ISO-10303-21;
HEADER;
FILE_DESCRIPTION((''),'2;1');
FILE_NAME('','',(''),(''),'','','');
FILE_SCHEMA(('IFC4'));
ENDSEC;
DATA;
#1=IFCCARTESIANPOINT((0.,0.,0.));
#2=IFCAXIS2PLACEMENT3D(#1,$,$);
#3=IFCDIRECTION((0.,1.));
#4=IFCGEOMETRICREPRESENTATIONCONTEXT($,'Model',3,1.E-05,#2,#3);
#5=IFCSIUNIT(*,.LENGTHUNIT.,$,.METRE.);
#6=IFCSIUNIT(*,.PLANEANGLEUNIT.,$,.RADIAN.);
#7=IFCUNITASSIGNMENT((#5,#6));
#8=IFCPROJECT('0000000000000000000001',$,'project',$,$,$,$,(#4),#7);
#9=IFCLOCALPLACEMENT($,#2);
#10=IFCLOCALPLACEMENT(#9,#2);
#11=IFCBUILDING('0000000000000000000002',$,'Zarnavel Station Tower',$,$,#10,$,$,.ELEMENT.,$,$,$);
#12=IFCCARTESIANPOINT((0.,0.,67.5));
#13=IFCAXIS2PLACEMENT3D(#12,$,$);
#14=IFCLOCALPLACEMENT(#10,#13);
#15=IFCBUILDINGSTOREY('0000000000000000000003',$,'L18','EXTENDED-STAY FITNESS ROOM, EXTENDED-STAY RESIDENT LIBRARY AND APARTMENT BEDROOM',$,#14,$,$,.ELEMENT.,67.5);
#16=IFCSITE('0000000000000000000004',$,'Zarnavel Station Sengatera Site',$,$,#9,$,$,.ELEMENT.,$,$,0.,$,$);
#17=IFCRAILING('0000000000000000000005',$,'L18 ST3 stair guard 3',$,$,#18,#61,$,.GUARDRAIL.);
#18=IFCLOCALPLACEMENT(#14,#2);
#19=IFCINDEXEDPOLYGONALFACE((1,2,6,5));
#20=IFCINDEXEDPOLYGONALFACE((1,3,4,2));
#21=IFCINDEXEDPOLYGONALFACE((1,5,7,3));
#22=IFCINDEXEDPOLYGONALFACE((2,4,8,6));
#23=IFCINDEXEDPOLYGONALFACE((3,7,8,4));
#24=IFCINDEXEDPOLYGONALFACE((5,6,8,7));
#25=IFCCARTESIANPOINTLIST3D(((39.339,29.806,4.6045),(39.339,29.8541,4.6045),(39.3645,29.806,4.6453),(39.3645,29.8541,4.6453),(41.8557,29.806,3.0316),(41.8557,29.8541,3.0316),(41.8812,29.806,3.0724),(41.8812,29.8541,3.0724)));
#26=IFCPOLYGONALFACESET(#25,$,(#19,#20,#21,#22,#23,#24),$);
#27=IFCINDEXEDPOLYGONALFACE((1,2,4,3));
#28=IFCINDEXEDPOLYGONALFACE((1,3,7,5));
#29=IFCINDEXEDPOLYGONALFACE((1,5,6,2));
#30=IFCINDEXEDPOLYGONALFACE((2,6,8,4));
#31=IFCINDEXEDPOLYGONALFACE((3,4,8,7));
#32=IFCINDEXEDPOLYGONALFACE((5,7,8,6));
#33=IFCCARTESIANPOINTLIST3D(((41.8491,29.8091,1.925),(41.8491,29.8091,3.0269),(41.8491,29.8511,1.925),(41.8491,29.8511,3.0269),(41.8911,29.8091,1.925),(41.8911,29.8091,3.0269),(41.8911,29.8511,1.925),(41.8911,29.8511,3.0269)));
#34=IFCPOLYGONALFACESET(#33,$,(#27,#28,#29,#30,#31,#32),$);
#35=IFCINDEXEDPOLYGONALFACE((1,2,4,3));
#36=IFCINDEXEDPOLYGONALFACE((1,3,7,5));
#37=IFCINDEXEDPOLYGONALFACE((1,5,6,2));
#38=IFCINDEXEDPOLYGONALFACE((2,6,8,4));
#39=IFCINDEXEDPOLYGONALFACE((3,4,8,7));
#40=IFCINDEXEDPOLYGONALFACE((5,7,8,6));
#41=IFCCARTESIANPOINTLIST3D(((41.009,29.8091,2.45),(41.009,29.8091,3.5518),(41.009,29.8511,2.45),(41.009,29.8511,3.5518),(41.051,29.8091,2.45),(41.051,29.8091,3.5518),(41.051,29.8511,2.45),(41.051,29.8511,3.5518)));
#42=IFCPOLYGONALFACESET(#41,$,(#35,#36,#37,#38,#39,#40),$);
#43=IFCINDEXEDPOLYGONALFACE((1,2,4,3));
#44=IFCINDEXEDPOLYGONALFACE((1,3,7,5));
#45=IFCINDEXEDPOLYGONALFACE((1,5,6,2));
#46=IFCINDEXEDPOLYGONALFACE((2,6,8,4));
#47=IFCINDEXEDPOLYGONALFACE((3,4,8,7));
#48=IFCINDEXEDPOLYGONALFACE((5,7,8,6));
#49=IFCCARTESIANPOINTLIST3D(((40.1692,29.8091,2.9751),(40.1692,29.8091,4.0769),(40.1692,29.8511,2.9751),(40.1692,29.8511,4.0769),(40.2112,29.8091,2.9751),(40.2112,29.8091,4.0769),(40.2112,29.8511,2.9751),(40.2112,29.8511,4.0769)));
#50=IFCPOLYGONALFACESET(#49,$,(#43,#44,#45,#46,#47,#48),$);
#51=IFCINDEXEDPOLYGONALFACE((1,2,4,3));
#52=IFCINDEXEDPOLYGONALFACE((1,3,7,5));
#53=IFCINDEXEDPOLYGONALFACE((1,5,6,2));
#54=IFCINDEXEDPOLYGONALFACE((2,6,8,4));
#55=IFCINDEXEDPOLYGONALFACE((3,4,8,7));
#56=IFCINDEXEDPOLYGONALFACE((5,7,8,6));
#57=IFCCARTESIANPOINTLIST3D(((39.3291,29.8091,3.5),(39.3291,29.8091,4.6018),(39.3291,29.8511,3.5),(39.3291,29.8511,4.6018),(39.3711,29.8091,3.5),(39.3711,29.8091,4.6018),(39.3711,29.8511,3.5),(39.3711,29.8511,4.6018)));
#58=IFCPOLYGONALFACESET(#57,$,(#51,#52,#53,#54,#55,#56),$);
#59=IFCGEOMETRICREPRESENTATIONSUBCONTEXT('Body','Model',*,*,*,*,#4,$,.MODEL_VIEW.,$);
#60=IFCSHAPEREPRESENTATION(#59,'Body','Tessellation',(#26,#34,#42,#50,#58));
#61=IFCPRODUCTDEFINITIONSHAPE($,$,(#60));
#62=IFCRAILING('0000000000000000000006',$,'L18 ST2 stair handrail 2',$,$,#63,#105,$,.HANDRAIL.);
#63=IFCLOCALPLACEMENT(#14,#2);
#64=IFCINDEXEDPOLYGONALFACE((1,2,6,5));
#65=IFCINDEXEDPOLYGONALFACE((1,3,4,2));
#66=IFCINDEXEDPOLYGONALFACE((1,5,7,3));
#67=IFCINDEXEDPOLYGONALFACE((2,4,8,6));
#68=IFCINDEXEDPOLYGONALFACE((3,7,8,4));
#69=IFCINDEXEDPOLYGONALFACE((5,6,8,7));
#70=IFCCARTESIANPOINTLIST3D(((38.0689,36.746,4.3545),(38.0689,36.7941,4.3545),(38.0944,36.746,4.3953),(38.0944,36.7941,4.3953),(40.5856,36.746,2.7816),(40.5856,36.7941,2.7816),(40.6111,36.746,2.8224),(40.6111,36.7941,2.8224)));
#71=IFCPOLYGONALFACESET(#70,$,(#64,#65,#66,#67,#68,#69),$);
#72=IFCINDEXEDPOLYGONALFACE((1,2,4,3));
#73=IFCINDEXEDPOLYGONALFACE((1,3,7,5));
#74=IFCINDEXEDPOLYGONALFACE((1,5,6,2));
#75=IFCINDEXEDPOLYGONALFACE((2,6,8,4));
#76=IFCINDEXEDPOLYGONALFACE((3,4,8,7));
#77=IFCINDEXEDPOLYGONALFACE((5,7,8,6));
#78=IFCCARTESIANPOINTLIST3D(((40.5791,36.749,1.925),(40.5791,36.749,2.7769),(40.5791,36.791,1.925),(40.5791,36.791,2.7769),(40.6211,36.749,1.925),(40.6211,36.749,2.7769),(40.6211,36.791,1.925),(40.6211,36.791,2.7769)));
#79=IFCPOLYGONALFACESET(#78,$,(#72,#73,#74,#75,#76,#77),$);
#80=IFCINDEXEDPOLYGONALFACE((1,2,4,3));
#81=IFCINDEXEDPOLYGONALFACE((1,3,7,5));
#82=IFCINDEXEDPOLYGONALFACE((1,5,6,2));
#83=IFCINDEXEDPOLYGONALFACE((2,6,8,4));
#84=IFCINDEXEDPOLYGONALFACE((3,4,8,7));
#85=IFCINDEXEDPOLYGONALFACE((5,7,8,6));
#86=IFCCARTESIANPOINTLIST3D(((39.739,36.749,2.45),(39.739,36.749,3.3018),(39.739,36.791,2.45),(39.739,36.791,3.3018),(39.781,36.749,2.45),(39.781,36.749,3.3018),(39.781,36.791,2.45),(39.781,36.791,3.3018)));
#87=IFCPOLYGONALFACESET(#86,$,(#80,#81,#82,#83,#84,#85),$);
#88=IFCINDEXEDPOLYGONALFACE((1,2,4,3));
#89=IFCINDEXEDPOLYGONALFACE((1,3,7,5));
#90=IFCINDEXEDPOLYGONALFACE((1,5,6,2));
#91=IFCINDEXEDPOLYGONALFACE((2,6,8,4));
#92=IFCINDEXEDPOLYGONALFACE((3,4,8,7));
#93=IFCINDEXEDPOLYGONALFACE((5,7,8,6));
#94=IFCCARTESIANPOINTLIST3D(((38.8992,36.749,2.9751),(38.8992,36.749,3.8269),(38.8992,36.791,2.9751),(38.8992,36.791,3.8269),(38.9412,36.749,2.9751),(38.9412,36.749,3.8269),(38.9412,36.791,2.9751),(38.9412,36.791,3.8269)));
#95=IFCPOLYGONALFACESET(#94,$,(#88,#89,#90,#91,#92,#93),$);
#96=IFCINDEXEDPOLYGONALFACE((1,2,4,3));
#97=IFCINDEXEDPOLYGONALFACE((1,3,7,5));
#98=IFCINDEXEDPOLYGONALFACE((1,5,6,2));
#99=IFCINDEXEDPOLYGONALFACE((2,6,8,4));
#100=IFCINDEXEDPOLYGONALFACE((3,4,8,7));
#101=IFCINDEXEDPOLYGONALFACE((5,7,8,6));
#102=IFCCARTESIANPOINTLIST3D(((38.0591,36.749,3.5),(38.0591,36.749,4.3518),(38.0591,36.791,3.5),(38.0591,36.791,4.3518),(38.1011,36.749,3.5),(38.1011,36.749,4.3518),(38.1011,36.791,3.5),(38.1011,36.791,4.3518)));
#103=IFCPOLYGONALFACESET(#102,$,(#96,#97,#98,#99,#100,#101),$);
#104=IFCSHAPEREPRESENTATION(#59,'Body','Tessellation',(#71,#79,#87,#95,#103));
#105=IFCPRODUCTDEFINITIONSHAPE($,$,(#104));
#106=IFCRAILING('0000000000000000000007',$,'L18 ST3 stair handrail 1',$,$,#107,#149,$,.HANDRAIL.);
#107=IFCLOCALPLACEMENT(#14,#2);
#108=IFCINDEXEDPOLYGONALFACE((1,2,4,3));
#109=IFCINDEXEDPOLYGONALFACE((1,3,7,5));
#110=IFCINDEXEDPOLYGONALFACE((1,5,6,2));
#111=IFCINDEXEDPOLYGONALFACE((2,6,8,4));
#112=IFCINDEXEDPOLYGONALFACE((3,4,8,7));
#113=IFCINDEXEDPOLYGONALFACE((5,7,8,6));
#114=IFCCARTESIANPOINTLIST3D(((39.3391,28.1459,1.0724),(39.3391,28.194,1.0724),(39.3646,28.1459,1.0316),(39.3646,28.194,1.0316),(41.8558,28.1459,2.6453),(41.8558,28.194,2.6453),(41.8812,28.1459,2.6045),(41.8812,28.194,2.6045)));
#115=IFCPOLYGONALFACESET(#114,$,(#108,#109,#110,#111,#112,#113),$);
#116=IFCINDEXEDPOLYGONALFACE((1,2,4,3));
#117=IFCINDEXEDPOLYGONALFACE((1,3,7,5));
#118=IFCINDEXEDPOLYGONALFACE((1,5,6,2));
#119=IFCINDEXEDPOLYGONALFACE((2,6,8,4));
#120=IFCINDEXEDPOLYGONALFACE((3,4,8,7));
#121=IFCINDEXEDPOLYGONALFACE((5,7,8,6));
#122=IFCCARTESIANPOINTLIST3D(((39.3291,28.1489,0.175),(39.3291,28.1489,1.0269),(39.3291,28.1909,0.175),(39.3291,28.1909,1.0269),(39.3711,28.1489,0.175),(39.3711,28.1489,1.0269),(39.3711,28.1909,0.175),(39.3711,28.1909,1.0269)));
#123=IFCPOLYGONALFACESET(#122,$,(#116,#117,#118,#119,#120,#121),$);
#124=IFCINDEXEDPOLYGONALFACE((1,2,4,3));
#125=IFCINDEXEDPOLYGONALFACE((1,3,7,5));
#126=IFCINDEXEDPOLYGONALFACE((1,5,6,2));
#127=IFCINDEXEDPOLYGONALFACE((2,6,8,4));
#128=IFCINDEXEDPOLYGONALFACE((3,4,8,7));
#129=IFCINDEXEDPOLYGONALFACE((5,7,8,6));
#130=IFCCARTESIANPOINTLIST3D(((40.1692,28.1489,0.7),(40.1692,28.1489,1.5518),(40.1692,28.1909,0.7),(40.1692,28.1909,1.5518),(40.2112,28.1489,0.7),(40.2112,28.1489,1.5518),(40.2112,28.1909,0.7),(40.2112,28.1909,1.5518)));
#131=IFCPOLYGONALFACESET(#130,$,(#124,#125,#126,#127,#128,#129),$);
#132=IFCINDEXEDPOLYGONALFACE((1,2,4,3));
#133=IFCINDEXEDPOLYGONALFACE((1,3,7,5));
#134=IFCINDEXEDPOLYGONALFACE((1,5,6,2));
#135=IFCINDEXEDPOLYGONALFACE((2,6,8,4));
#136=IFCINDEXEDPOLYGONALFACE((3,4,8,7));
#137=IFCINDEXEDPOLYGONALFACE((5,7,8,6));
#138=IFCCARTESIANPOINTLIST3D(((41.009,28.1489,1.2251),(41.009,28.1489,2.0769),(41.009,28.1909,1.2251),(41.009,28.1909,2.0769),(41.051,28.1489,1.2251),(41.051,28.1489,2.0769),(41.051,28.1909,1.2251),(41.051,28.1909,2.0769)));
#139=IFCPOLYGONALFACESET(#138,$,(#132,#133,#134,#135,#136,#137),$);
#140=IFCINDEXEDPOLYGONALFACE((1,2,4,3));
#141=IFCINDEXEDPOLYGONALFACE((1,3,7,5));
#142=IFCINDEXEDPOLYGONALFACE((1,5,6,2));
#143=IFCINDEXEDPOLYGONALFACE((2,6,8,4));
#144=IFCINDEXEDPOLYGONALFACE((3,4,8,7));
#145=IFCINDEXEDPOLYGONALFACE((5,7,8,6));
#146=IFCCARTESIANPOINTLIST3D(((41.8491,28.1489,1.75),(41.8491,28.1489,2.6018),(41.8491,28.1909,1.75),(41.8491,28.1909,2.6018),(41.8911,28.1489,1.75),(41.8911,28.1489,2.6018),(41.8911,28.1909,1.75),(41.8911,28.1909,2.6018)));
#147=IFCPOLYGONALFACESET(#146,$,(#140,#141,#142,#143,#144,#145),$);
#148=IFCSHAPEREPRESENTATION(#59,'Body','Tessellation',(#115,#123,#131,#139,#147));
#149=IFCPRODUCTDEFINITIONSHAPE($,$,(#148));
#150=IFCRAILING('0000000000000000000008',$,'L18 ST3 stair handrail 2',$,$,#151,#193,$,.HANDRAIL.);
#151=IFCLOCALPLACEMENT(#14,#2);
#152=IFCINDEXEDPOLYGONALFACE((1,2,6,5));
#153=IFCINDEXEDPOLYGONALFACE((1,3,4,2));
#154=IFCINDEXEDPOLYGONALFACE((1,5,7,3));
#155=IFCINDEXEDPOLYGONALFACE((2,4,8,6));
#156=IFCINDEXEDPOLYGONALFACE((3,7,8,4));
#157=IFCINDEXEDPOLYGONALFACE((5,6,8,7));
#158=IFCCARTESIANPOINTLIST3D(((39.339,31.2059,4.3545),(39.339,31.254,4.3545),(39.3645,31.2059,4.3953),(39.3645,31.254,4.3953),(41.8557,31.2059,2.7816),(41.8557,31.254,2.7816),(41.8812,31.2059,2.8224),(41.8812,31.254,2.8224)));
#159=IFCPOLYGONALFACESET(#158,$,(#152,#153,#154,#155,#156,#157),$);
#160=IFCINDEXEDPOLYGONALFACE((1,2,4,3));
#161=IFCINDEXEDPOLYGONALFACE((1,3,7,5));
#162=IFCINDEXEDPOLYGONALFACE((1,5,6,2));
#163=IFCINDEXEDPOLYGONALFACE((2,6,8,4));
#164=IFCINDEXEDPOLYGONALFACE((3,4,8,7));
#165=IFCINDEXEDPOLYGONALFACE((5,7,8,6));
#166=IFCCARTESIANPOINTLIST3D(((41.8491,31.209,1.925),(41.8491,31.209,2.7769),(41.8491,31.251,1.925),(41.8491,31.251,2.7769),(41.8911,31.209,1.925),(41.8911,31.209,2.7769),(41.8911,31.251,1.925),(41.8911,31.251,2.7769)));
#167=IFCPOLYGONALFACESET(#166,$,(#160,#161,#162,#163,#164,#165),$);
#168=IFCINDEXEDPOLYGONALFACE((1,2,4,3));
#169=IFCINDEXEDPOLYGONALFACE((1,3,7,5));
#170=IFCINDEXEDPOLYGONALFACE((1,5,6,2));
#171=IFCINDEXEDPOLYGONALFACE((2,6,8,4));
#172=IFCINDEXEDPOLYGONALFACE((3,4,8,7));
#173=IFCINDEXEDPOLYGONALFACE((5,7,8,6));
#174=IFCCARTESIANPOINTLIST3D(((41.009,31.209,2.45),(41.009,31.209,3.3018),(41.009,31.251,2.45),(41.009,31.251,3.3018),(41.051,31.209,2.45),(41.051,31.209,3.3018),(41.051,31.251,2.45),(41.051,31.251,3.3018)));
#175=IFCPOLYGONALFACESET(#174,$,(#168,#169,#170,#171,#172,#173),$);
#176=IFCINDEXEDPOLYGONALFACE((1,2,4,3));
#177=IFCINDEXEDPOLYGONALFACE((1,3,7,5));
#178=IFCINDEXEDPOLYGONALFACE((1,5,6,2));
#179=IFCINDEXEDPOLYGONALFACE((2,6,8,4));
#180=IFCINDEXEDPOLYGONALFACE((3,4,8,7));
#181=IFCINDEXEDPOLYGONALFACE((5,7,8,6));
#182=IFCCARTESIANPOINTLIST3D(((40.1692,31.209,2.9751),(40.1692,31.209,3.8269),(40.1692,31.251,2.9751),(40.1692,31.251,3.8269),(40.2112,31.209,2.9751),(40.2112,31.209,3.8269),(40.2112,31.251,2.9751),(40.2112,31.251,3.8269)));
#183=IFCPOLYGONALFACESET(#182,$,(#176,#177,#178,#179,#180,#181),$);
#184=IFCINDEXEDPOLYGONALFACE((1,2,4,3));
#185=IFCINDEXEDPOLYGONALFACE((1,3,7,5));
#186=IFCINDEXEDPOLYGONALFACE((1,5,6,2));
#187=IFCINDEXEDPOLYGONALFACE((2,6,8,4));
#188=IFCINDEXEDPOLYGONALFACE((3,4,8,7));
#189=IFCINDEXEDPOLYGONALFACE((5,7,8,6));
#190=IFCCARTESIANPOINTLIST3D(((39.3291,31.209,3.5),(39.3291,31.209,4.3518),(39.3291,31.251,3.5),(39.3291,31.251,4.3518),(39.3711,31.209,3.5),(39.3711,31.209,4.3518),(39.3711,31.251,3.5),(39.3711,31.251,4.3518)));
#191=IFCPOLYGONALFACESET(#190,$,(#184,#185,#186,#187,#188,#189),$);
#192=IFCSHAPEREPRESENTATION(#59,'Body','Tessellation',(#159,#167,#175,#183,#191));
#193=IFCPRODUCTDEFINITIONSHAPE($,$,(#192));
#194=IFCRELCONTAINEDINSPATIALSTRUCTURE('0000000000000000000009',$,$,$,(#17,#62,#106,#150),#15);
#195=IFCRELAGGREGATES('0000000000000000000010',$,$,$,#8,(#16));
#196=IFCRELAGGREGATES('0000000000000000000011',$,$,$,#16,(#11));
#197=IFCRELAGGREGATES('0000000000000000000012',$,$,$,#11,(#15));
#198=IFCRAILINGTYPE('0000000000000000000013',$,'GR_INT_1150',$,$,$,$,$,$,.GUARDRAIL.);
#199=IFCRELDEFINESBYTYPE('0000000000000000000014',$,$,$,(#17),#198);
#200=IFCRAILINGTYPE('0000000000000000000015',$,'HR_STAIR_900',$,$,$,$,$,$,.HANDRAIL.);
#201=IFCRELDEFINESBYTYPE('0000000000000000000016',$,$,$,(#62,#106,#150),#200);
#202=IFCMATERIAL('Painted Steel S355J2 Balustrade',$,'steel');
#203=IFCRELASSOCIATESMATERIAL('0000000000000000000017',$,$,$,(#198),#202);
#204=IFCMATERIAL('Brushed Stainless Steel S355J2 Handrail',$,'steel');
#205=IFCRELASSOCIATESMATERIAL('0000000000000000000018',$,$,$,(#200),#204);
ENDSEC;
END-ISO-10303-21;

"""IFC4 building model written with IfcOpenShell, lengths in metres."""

from ifc_helpers import new_model, si_unit, direction, frame, origin, origin_2d, place, context, subcontext, project, spatial, rectangle, extrude, material, type_object, element, save


model = new_model("IFC4")

# Units and contexts
model_context = context("Model", 3, precision=1e-05, world=origin(), true_north=direction((0.0, 1.0)))
body_context = subcontext(model_context, "Body", "Model", "MODEL_VIEW")
ifc_project = project(units=[si_unit("LENGTHUNIT", "METRE"), si_unit("PLANEANGLEUNIT", "RADIAN")], contexts=[model_context])

# Site, building, storey
site_placement = place(None, origin())
site = spatial("IfcSite", under=ifc_project, at=site_placement, Name="Zarnavel Station Sengatera Site", CompositionType="ELEMENT", RefElevation=0.0)
building_placement = place(site_placement, origin())
building = spatial("IfcBuilding", under=site, at=building_placement, Name="Zarnavel Station Tower", CompositionType="ELEMENT")
storey_placement = place(building_placement, frame((0.0, 0.0, 67.5)))
storey = spatial("IfcBuildingStorey", under=building, at=storey_placement, Name="L18", Description="EXTENDED-STAY FITNESS ROOM, EXTENDED-STAY RESIDENT LIBRARY AND APARTMENT BEDROOM", CompositionType="ELEMENT", Elevation=67.5)

# Railings
ifc_material_1 = material(Name="Painted Steel S355J2 Balustrade", Category="steel")
railing_type_1 = type_object("IfcRailingType", Name="GR_INT_1150", PredefinedType="GUARDRAIL", material=ifc_material_1)
railing_1_placement = place(storey_placement, frame((41.8701, 29.8301, 1.925)))
element("IfcRailing", 1, at=railing_1_placement, inside=storey, type_object=railing_type_1, Name="L18 ST3 stair guard 3", PredefinedType="GUARDRAIL", context=body_context, shape_type="SweptSolid", body=[
    extrude(rectangle(XDim=0.0481, YDim=0.0481, at=origin_2d()), frame((-0.0017, 0.0, 1.127), z_axis=(-0.848008, 0.0, 0.529984), x_axis=(0.0, -1.0, 0.0)), (0.0, 0.0, 1.0), 2.9678),
    extrude(rectangle(XDim=0.042, YDim=0.042, at=origin_2d()), origin(), (0.0, 0.0, 1.0), 1.1018),
    extrude(rectangle(XDim=0.042, YDim=0.042, at=origin_2d()), frame((-0.8401, 0.0, 0.5249)), (0.0, 0.0, 1.0), 1.1018),
    extrude(rectangle(XDim=0.042, YDim=0.042, at=origin_2d()), frame((-1.6799, 0.0, 1.05)), (0.0, 0.0, 1.0), 1.1018),
    extrude(rectangle(XDim=0.042, YDim=0.042, at=origin_2d()), frame((-2.52, 0.0, 1.575)), (0.0, 0.0, 1.0), 1.1018),
])
ifc_material_2 = material(Name="Brushed Stainless Steel S355J2 Handrail", Category="steel")
railing_type_2 = type_object("IfcRailingType", Name="HR_STAIR_900", PredefinedType="HANDRAIL", material=ifc_material_2)
railing_2_placement = place(storey_placement, frame((40.6001, 36.77, 1.925)))
element("IfcRailing", 2, at=railing_2_placement, inside=storey, type_object=railing_type_2, Name="L18 ST2 stair handrail 2", PredefinedType="HANDRAIL", context=body_context, shape_type="SweptSolid", body=[
    extrude(rectangle(XDim=0.0481, YDim=0.0481, at=origin_2d()), frame((-0.0017, 0.0, 0.877), z_axis=(-0.848008, 0.0, 0.529984), x_axis=(0.0, -1.0, 0.0)), (0.0, 0.0, 1.0), 2.9678),
    extrude(rectangle(XDim=0.042, YDim=0.042, at=origin_2d()), origin(), (0.0, 0.0, 1.0), 0.8518),
    extrude(rectangle(XDim=0.042, YDim=0.042, at=origin_2d()), frame((-0.8401, 0.0, 0.5249)), (0.0, 0.0, 1.0), 0.8518),
    extrude(rectangle(XDim=0.042, YDim=0.042, at=origin_2d()), frame((-1.6799, 0.0, 1.05)), (0.0, 0.0, 1.0), 0.8518),
    extrude(rectangle(XDim=0.042, YDim=0.042, at=origin_2d()), frame((-2.52, 0.0, 1.575)), (0.0, 0.0, 1.0), 0.8518),
])
railing_3_placement = place(storey_placement, frame((39.3501, 28.1699, 0.175)))
element("IfcRailing", 3, at=railing_3_placement, inside=storey, type_object=railing_type_2, Name="L18 ST3 stair handrail 1", PredefinedType="HANDRAIL", context=body_context, shape_type="SweptSolid", body=[
    extrude(rectangle(XDim=0.0481, YDim=0.0481, at=origin_2d()), frame((0.0017, 0.0, 0.877), z_axis=(0.848008, 0.0, 0.529984), x_axis=(0.0, 1.0, 0.0)), (0.0, 0.0, 1.0), 2.9678),
    extrude(rectangle(XDim=0.042, YDim=0.042, at=origin_2d()), origin(), (0.0, 0.0, 1.0), 0.8518),
    extrude(rectangle(XDim=0.042, YDim=0.042, at=origin_2d()), frame((0.8401, 0.0, 0.5249)), (0.0, 0.0, 1.0), 0.8518),
    extrude(rectangle(XDim=0.042, YDim=0.042, at=origin_2d()), frame((1.6799, 0.0, 1.05)), (0.0, 0.0, 1.0), 0.8518),
    extrude(rectangle(XDim=0.042, YDim=0.042, at=origin_2d()), frame((2.52, 0.0, 1.575)), (0.0, 0.0, 1.0), 0.8518),
])
railing_4_placement = place(storey_placement, frame((41.8701, 31.23, 1.925)))
element("IfcRailing", 4, at=railing_4_placement, inside=storey, type_object=railing_type_2, Name="L18 ST3 stair handrail 2", PredefinedType="HANDRAIL", context=body_context, shape_type="SweptSolid", body=[
    extrude(rectangle(XDim=0.0481, YDim=0.0481, at=origin_2d()), frame((-0.0017, 0.0, 0.877), z_axis=(-0.848008, 0.0, 0.529984), x_axis=(0.0, -1.0, 0.0)), (0.0, 0.0, 1.0), 2.9678),
    extrude(rectangle(XDim=0.042, YDim=0.042, at=origin_2d()), origin(), (0.0, 0.0, 1.0), 0.8518),
    extrude(rectangle(XDim=0.042, YDim=0.042, at=origin_2d()), frame((-0.8401, 0.0, 0.5249)), (0.0, 0.0, 1.0), 0.8518),
    extrude(rectangle(XDim=0.042, YDim=0.042, at=origin_2d()), frame((-1.6799, 0.0, 1.05)), (0.0, 0.0, 1.0), 0.8518),
    extrude(rectangle(XDim=0.042, YDim=0.042, at=origin_2d()), frame((-2.52, 0.0, 1.575)), (0.0, 0.0, 1.0), 0.8518),
])

save(model, "model.ifc")
